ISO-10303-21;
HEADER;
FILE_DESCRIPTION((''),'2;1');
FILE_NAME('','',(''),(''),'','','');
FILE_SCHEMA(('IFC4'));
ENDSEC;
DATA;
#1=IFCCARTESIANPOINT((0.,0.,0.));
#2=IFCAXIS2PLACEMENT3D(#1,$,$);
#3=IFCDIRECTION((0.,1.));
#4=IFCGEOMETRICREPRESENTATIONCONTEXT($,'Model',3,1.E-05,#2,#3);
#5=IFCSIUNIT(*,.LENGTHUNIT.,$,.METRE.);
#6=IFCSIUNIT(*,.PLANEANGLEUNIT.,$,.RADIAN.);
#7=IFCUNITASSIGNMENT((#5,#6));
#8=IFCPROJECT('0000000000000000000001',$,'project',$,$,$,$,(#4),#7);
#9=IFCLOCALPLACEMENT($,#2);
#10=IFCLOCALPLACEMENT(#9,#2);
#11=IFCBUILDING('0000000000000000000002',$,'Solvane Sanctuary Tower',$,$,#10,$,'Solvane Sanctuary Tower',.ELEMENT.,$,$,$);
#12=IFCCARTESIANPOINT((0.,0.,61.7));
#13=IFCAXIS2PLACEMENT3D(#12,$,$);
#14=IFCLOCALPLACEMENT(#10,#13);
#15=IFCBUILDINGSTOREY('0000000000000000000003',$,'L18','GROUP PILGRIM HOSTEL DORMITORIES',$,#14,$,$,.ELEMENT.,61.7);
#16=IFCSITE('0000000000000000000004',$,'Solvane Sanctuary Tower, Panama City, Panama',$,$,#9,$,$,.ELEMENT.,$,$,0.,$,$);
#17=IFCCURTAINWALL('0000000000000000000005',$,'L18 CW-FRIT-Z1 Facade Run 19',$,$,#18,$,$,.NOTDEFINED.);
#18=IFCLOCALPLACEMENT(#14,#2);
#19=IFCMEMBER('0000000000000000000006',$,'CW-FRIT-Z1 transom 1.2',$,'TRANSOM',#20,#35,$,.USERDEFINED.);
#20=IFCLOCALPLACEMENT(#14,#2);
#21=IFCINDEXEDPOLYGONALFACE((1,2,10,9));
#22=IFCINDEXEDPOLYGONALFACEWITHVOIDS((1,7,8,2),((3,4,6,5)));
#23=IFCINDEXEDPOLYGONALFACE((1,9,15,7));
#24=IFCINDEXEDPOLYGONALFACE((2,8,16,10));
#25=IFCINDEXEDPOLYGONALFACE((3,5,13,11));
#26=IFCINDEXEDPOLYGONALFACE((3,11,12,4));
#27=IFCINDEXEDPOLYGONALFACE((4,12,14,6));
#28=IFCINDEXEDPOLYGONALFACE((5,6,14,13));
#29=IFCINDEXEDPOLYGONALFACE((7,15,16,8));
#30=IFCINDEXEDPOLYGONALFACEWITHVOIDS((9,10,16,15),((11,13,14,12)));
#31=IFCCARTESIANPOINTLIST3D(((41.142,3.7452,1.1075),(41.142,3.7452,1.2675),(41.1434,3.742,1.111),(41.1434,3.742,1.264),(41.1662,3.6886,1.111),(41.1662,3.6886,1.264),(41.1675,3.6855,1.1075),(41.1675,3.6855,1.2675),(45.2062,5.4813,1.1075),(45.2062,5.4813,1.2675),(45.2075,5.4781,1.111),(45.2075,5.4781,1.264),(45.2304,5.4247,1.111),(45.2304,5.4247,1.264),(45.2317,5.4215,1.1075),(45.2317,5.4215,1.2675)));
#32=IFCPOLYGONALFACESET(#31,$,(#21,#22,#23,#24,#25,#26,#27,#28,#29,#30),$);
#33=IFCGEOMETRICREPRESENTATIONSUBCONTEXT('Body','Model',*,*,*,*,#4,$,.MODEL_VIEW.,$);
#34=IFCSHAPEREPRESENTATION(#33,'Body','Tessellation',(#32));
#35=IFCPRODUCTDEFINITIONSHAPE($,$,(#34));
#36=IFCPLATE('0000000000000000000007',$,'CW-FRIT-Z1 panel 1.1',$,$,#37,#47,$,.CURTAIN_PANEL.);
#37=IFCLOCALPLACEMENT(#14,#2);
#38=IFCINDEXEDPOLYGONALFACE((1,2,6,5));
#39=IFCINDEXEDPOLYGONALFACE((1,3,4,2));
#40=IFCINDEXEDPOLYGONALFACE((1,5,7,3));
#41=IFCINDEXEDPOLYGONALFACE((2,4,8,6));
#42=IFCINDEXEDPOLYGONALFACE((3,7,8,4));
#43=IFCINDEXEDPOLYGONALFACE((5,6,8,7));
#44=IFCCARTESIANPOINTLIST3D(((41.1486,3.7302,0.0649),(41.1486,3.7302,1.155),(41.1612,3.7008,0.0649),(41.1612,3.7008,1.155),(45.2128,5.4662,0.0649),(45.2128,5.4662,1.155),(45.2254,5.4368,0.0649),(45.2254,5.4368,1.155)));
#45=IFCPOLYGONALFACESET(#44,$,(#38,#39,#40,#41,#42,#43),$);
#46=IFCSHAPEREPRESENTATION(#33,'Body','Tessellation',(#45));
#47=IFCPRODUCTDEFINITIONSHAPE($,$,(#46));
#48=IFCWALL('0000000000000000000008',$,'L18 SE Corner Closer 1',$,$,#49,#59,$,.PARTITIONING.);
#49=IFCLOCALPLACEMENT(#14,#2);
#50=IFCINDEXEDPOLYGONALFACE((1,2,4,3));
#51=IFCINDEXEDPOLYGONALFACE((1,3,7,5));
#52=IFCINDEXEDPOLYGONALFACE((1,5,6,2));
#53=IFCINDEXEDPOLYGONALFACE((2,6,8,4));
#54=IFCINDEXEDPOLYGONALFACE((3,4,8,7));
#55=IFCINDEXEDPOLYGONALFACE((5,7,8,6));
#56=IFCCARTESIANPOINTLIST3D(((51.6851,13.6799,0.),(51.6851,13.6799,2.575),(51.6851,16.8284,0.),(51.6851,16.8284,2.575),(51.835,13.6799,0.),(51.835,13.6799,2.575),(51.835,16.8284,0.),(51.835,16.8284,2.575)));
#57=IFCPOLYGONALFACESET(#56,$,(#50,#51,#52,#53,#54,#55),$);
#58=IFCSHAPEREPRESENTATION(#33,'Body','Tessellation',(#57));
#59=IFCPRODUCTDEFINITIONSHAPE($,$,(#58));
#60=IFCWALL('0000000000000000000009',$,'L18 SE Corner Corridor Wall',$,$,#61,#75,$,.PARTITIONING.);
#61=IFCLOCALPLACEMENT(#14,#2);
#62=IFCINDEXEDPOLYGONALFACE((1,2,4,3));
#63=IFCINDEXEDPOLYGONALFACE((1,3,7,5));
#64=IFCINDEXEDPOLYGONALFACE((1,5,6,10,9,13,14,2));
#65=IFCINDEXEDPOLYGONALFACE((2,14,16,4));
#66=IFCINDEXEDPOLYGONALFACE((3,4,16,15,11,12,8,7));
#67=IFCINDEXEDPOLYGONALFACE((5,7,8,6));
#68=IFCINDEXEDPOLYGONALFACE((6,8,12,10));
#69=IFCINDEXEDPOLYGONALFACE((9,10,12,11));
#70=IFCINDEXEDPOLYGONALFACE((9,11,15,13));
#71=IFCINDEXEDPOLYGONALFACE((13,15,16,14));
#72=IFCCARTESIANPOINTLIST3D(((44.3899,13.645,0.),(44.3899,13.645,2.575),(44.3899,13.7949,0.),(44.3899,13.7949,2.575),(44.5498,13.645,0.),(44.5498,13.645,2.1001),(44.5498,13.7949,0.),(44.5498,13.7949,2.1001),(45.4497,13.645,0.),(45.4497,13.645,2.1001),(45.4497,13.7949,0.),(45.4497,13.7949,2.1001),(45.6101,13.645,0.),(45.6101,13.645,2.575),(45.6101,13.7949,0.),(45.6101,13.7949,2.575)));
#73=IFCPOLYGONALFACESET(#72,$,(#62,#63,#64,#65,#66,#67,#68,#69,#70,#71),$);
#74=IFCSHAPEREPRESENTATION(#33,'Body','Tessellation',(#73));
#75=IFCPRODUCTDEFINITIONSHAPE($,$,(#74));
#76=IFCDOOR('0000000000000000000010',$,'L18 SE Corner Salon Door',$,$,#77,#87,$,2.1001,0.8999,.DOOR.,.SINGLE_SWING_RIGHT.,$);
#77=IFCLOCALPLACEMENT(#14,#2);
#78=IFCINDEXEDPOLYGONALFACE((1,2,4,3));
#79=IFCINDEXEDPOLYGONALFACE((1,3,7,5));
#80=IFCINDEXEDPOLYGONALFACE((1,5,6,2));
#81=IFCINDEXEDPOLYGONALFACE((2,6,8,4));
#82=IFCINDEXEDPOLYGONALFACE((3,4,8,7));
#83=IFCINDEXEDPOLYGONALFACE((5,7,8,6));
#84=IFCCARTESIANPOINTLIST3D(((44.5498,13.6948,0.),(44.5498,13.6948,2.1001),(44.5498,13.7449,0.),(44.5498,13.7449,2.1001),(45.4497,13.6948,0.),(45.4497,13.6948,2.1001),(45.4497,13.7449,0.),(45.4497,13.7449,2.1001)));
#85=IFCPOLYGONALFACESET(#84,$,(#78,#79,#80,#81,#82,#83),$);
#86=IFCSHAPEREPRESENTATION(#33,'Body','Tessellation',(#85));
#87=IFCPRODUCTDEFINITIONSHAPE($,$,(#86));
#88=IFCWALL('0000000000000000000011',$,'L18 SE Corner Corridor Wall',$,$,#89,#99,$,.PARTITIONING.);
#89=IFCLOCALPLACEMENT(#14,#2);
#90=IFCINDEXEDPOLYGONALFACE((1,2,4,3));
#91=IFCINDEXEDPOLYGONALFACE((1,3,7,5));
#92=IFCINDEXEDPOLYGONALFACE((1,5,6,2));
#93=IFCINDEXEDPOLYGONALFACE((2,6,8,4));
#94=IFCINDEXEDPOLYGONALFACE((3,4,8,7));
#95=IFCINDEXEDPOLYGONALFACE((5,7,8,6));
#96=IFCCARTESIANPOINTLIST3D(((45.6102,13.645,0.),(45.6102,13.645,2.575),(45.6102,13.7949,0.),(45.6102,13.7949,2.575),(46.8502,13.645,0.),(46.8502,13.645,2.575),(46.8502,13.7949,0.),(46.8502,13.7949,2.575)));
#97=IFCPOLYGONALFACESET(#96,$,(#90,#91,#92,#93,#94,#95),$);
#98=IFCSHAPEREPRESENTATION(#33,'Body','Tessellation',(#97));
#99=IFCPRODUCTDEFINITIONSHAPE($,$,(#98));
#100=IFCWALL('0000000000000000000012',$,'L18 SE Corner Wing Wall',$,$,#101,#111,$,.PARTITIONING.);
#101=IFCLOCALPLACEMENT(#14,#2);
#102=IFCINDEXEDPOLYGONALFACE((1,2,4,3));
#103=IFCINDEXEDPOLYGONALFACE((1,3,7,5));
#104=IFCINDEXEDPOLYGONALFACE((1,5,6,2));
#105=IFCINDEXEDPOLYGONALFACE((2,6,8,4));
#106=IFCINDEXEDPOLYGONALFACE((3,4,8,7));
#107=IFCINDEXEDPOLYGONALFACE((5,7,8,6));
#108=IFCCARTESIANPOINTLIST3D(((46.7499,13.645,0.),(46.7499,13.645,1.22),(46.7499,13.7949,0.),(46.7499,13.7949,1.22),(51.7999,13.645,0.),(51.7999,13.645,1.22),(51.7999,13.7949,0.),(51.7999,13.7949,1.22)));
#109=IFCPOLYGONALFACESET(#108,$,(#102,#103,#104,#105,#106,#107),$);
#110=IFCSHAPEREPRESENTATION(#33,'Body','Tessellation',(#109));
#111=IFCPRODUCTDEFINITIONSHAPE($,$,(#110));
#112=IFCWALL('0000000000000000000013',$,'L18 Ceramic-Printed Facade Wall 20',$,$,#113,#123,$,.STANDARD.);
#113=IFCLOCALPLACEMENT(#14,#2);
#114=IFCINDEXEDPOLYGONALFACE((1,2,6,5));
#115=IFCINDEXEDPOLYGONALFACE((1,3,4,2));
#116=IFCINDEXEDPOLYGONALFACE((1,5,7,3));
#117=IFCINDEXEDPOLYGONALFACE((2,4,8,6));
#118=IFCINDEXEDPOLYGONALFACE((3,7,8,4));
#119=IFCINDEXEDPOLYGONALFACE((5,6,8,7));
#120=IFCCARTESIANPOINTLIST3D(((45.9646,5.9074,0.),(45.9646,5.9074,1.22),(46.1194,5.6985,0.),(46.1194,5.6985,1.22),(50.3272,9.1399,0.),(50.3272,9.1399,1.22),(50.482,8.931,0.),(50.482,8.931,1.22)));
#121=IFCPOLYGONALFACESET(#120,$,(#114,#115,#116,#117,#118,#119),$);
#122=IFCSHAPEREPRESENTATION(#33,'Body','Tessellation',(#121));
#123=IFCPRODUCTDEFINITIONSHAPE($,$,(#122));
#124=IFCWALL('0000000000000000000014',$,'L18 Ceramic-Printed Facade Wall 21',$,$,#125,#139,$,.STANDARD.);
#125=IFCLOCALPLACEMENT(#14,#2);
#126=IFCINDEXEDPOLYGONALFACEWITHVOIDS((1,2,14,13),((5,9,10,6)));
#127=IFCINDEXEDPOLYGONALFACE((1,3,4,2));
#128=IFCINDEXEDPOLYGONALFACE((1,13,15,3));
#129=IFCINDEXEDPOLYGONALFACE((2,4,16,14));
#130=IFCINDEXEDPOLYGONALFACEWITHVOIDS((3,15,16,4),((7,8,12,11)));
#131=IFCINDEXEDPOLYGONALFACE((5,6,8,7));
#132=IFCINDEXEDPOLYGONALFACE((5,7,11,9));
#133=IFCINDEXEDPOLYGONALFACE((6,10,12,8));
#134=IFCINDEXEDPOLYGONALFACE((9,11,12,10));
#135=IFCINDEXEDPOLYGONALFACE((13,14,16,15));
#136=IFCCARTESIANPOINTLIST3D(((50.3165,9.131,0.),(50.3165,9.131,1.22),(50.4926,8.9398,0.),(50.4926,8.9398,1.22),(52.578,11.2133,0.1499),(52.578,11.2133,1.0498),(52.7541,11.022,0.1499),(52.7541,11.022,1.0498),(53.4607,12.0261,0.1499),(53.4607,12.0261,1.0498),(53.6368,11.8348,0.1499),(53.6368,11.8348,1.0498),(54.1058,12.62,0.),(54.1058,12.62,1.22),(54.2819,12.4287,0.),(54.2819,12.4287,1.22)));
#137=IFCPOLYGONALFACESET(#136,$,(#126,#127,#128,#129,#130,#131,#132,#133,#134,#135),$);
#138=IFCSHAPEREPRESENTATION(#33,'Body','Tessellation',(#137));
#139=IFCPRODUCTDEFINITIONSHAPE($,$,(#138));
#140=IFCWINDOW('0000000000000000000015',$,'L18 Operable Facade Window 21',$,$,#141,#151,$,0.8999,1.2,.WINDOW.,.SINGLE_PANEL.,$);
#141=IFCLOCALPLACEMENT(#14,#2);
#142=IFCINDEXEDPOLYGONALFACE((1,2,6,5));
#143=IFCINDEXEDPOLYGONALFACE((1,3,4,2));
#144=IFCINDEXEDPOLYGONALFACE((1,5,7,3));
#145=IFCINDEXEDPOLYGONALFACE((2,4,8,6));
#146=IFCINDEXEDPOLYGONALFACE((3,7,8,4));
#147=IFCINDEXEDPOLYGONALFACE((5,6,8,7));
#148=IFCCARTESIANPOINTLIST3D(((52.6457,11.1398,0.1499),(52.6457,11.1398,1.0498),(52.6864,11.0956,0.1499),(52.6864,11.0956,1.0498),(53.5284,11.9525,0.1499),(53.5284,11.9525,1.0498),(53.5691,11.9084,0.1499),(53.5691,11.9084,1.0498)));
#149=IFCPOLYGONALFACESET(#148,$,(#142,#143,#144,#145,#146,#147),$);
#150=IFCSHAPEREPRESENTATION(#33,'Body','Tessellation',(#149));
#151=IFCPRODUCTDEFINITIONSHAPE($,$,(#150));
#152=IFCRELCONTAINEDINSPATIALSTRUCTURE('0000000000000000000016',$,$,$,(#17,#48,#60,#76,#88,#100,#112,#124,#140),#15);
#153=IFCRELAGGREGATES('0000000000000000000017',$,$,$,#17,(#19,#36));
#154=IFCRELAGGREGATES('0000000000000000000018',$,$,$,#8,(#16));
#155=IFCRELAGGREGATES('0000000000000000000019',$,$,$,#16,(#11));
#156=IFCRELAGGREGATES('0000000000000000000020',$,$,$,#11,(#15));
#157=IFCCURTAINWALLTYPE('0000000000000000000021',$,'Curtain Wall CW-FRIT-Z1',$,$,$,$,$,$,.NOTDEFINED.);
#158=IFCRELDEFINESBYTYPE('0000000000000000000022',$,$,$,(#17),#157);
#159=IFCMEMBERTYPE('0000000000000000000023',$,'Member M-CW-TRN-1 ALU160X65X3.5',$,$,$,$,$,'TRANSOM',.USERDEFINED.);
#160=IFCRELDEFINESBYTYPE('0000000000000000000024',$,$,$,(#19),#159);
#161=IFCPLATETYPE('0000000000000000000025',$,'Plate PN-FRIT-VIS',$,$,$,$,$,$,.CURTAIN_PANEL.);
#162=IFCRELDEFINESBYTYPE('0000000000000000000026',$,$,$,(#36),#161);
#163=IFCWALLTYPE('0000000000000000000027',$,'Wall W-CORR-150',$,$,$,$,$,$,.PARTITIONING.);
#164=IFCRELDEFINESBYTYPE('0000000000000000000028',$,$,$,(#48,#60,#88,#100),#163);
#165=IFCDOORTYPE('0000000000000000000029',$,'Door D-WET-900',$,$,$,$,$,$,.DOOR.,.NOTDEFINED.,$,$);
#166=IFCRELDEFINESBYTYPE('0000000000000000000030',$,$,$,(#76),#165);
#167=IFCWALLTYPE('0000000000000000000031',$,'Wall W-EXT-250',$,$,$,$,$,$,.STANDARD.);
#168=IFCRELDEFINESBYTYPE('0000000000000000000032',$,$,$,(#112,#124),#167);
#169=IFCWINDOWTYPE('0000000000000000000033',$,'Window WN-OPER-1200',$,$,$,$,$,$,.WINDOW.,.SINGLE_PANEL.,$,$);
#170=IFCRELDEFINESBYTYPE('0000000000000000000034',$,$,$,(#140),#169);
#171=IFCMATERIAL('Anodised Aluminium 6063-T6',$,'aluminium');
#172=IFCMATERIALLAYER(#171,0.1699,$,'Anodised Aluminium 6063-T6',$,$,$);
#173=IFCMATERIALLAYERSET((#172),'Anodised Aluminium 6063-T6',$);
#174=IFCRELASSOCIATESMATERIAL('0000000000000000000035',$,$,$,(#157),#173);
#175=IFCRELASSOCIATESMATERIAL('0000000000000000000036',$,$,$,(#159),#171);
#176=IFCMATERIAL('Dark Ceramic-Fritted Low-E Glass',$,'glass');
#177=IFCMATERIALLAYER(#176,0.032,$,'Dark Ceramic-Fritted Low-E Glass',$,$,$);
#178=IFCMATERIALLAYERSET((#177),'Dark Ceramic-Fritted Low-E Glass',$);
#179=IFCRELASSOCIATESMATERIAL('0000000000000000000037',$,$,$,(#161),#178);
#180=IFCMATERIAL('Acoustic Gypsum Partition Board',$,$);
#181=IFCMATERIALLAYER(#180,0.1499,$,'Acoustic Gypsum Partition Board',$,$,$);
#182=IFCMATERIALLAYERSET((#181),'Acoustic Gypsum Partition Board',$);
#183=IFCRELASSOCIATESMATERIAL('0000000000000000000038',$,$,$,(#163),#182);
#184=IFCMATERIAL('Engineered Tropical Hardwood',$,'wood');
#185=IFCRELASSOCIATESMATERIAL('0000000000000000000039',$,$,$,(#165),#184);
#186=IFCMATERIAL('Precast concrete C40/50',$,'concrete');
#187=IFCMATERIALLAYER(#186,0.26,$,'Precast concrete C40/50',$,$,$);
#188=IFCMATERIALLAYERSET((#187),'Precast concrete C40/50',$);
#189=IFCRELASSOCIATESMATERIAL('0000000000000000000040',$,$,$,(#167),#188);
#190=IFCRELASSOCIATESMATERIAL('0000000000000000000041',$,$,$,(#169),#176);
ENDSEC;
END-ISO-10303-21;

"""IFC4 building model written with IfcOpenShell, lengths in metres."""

from ifc_helpers import new_model, si_unit, direction, frame, frame_2d, origin, origin_2d, place, context, subcontext, project, spatial, rectangle, hollow_rectangle, extrude, material, layer, layer_set, material_profile, profile_set, type_object, element, fill, aggregate, save


model = new_model("IFC4")

# Units and contexts
model_context = context("Model", 3, precision=1e-05, world=origin(), true_north=direction((0.0, 1.0)))
body_context = subcontext(model_context, "Body", "Model", "MODEL_VIEW")
ifc_project = project(units=[si_unit("LENGTHUNIT", "METRE"), si_unit("PLANEANGLEUNIT", "RADIAN")], contexts=[model_context])

# Site, building, storey
site_placement = place(None, origin())
site = spatial("IfcSite", under=ifc_project, at=site_placement, Name="Solvane Sanctuary Tower, Panama City, Panama", CompositionType="ELEMENT", RefElevation=0.0)
building_placement = place(site_placement, origin())
building = spatial("IfcBuilding", under=site, at=building_placement, Name="Solvane Sanctuary Tower", LongName="Solvane Sanctuary Tower", CompositionType="ELEMENT")
storey_placement = place(building_placement, frame((0.0, 0.0, 61.7)))
storey = spatial("IfcBuildingStorey", under=building, at=storey_placement, Name="L18", Description="GROUP PILGRIM HOSTEL DORMITORIES", CompositionType="ELEMENT", Elevation=61.7)

# Curtain wall, member, plate
ifc_material_1 = material(Name="Anodised Aluminium 6063-T6", Category="aluminium")
ifc_layer_1 = layer(ifc_material_1, 0.1699, Name="Anodised Aluminium 6063-T6")
ifc_layer_set_1 = layer_set([ifc_layer_1], Name="Anodised Aluminium 6063-T6")
curtain_wall_type = type_object("IfcCurtainWallType", Name="Curtain Wall CW-FRIT-Z1", PredefinedType="NOTDEFINED", material=ifc_layer_set_1)
curtain_wall_placement = place(storey_placement, origin())
curtain_wall = element("IfcCurtainWall", 1, at=curtain_wall_placement, inside=storey, type_object=curtain_wall_type, Name="L18 CW-FRIT-Z1 Facade Run 19", PredefinedType="NOTDEFINED")
ifc_material_profile_1 = material_profile(ifc_material_1, hollow_rectangle(XDim=0.0649, YDim=0.1599, WallThickness=0.0034, at=origin_2d()), Name="ALU160X65X3.5")
ifc_profile_set_1 = profile_set([ifc_material_profile_1], Name="Anodised Aluminium 6063-T6")
member_type_1 = type_object("IfcMemberType", Name="Member M-CW-TRN-1 ALU160X65X3.5", ElementType="TRANSOM", PredefinedType="USERDEFINED", material=ifc_profile_set_1)
member_1_placement = place(storey_placement, frame((41.1548, 3.7153, 1.1875), z_axis=(0.919613, 0.392826, 0.0), x_axis=(-0.392826, 0.919613, 0.0)))
member_1 = element("IfcMember", 2, at=member_1_placement, type_object=member_type_1, Name="CW-FRIT-Z1 transom 1.2", ObjectType="TRANSOM", PredefinedType="USERDEFINED", context=body_context, shape_type="SweptSolid", body=[
    extrude(hollow_rectangle(XDim=0.0649, YDim=0.1599, WallThickness=0.0034, at=origin_2d()), origin(), (0.0, 0.0, 1.0), 4.4194),
])
ifc_material_2 = material(Name="Dark Ceramic-Fritted Low-E Glass", Category="glass")
ifc_layer_2 = layer(ifc_material_2, 0.032, Name="Dark Ceramic-Fritted Low-E Glass")
ifc_layer_set_2 = layer_set([ifc_layer_2], Name="Dark Ceramic-Fritted Low-E Glass")
plate_type = type_object("IfcPlateType", Name="Plate PN-FRIT-VIS", PredefinedType="CURTAIN_PANEL", material=ifc_layer_set_2)
plate_placement = place(storey_placement, frame((43.187, 4.5835, 0.0649), z_axis=(0.0, 0.0, 1.0), x_axis=(0.919615, 0.39282, 0.0)))
plate = element("IfcPlate", 3, at=plate_placement, type_object=plate_type, Name="CW-FRIT-Z1 panel 1.1", PredefinedType="CURTAIN_PANEL", context=body_context, shape_type="SweptSolid", body=[
    extrude(rectangle(XDim=4.4194, YDim=0.032, at=origin_2d()), origin(), (0.0, 0.0, 1.0), 1.0901),
])
aggregate(curtain_wall, [member_1, plate])

# Wall
ifc_material_3 = material(Name="Acoustic Gypsum Partition Board")
ifc_layer_3 = layer(ifc_material_3, 0.1499, Name="Acoustic Gypsum Partition Board")
ifc_layer_set_3 = layer_set([ifc_layer_3], Name="Acoustic Gypsum Partition Board")
wall_type_1 = type_object("IfcWallType", Name="Wall W-CORR-150", PredefinedType="PARTITIONING", material=ifc_layer_set_3)
wall_1_placement = place(storey_placement, frame((51.76, 13.6799, 0.0), z_axis=(0.0, 0.0, 1.0), x_axis=(0.0, 1.0, 0.0)))
element("IfcWall", 4, at=wall_1_placement, inside=storey, type_object=wall_type_1, Name="L18 SE Corner Closer 1", PredefinedType="PARTITIONING", context=body_context, shape_type="SweptSolid", body=[
    extrude(rectangle(XDim=3.1484, YDim=0.1499, at=frame_2d((1.5742, 0.0))), origin(), (0.0, 0.0, 1.0), 2.575),
])

# Wall, opening, door
wall_2_placement = place(storey_placement, frame((44.3899, 13.72, 0.0), z_axis=(0.0, 0.0, 1.0), x_axis=(1.0, 0.0, 0.0)))
wall_2 = element("IfcWall", 5, at=wall_2_placement, inside=storey, type_object=wall_type_1, Name="L18 SE Corner Corridor Wall", PredefinedType="PARTITIONING", context=body_context, shape_type="SweptSolid", body=[
    extrude(rectangle(XDim=1.2202, YDim=0.1499, at=frame_2d((0.6101, 0.0))), origin(), (0.0, 0.0, 1.0), 2.575),
])
opening_1_placement = place(wall_2_placement, frame((0.1599, 0.0, 0.0)))
opening_1 = element("IfcOpeningElement", 6, at=opening_1_placement, cuts=wall_2, PredefinedType="OPENING", context=body_context, shape_type="SweptSolid", body=[
    extrude(rectangle(XDim=0.8999, YDim=2.1001, at=frame_2d((0.45, 1.05))), frame((0.0, 0.085, 0.0), z_axis=(0.0, -1.0, 0.0), x_axis=(1.0, 0.0, 0.0)), (0.0, 0.0, 1.0), 0.1699),
])
ifc_material_4 = material(Name="Engineered Tropical Hardwood", Category="wood")
door_type_1 = type_object("IfcDoorType", Name="Door D-WET-900", OperationType="NOTDEFINED", PredefinedType="DOOR", material=ifc_material_4)
door_1_placement = place(opening_1_placement, origin())
door_1 = element("IfcDoor", 7, at=door_1_placement, inside=storey, type_object=door_type_1, Name="L18 SE Corner Salon Door", OperationType="SINGLE_SWING_RIGHT", OverallHeight=2.1001, OverallWidth=0.8999, PredefinedType="DOOR", context=body_context, shape_type="SweptSolid", body=[
    extrude(rectangle(XDim=0.8999, YDim=2.1001, at=frame_2d((0.45, 1.05))), frame((0.0, 0.0249, 0.0), z_axis=(0.0, -1.0, 0.0), x_axis=(1.0, 0.0, 0.0)), (0.0, 0.0, 1.0), 0.05),
])
fill(opening_1, door_1)

# Walls
wall_3_placement = place(storey_placement, frame((45.6101, 13.72, 0.0), z_axis=(0.0, 0.0, 1.0), x_axis=(1.0, 0.0, 0.0)))
element("IfcWall", 8, at=wall_3_placement, inside=storey, type_object=wall_type_1, Name="L18 SE Corner Corridor Wall", PredefinedType="PARTITIONING", context=body_context, shape_type="SweptSolid", body=[
    extrude(rectangle(XDim=1.24, YDim=0.1499, at=frame_2d((0.6201, 0.0))), origin(), (0.0, 0.0, 1.0), 2.575),
])
wall_4_placement = place(storey_placement, frame((46.75, 13.72, 0.0), z_axis=(0.0, 0.0, 1.0), x_axis=(1.0, 0.0, 0.0)))
element("IfcWall", 9, at=wall_4_placement, inside=storey, type_object=wall_type_1, Name="L18 SE Corner Wing Wall", PredefinedType="PARTITIONING", context=body_context, shape_type="SweptSolid", body=[
    extrude(rectangle(XDim=5.05, YDim=0.1499, at=frame_2d((2.5249, 0.0))), origin(), (0.0, 0.0, 1.0), 1.22),
])
ifc_material_5 = material(Name="Precast concrete C40/50", Category="concrete")
ifc_layer_4 = layer(ifc_material_5, 0.26, Name="Precast concrete C40/50")
ifc_layer_set_4 = layer_set([ifc_layer_4], Name="Precast concrete C40/50")
wall_type_2 = type_object("IfcWallType", Name="Wall W-EXT-250", PredefinedType="STANDARD", material=ifc_layer_set_4)
wall_5_placement = place(storey_placement, frame((46.042, 5.803, 0.0), z_axis=(0.0, 0.0, 1.0), x_axis=(0.803478, 0.595335, 0.0)))
element("IfcWall", 10, at=wall_5_placement, inside=storey, type_object=wall_type_2, Name="L18 Ceramic-Printed Facade Wall 20", PredefinedType="STANDARD", context=body_context, shape_type="SweptSolid", body=[
    extrude(rectangle(XDim=5.4297, YDim=0.26, at=frame_2d((2.7148, 0.0))), origin(), (0.0, 0.0, 1.0), 1.22),
])

# Wall, opening, window
wall_6_placement = place(storey_placement, frame((50.4045, 9.0354, 0.0), z_axis=(0.0, 0.0, 1.0), x_axis=(0.735655, 0.677356, 0.0)))
wall_6 = element("IfcWall", 11, at=wall_6_placement, inside=storey, type_object=wall_type_2, Name="L18 Ceramic-Printed Facade Wall 21", PredefinedType="STANDARD", context=body_context, shape_type="SweptSolid", body=[
    extrude(rectangle(XDim=5.1509, YDim=0.26, at=frame_2d((2.5754, 0.0))), origin(), (0.0, 0.0, 1.0), 1.22),
])
opening_2_placement = place(wall_6_placement, frame((3.074, 0.0, 0.1499)))
opening_2 = element("IfcOpeningElement", 12, at=opening_2_placement, cuts=wall_6, PredefinedType="OPENING", context=body_context, shape_type="SweptSolid", body=[
    extrude(rectangle(XDim=1.2, YDim=0.8999, at=frame_2d((0.6001, 0.45))), frame((0.0, 0.1399, 0.0), z_axis=(0.0, -1.0, 0.0), x_axis=(1.0, 0.0, 0.0)), (0.0, 0.0, 1.0), 0.28),
])
window_type = type_object("IfcWindowType", Name="Window WN-OPER-1200", PartitioningType="SINGLE_PANEL", PredefinedType="WINDOW", material=ifc_material_2)
window_1_placement = place(opening_2_placement, origin())
window_1 = element("IfcWindow", 13, at=window_1_placement, inside=storey, type_object=window_type, Name="L18 Operable Facade Window 21", OverallHeight=0.8999, OverallWidth=1.2, PartitioningType="SINGLE_PANEL", PredefinedType="WINDOW", context=body_context, shape_type="SweptSolid", body=[
    extrude(rectangle(XDim=1.2, YDim=0.8999, at=frame_2d((0.6001, 0.45))), frame((0.0, 0.03, 0.0), z_axis=(0.0, -1.0, 0.0), x_axis=(1.0, 0.0, 0.0)), (0.0, 0.0, 1.0), 0.0601),
])
fill(opening_2, window_1)

save(model, "model.ifc")
